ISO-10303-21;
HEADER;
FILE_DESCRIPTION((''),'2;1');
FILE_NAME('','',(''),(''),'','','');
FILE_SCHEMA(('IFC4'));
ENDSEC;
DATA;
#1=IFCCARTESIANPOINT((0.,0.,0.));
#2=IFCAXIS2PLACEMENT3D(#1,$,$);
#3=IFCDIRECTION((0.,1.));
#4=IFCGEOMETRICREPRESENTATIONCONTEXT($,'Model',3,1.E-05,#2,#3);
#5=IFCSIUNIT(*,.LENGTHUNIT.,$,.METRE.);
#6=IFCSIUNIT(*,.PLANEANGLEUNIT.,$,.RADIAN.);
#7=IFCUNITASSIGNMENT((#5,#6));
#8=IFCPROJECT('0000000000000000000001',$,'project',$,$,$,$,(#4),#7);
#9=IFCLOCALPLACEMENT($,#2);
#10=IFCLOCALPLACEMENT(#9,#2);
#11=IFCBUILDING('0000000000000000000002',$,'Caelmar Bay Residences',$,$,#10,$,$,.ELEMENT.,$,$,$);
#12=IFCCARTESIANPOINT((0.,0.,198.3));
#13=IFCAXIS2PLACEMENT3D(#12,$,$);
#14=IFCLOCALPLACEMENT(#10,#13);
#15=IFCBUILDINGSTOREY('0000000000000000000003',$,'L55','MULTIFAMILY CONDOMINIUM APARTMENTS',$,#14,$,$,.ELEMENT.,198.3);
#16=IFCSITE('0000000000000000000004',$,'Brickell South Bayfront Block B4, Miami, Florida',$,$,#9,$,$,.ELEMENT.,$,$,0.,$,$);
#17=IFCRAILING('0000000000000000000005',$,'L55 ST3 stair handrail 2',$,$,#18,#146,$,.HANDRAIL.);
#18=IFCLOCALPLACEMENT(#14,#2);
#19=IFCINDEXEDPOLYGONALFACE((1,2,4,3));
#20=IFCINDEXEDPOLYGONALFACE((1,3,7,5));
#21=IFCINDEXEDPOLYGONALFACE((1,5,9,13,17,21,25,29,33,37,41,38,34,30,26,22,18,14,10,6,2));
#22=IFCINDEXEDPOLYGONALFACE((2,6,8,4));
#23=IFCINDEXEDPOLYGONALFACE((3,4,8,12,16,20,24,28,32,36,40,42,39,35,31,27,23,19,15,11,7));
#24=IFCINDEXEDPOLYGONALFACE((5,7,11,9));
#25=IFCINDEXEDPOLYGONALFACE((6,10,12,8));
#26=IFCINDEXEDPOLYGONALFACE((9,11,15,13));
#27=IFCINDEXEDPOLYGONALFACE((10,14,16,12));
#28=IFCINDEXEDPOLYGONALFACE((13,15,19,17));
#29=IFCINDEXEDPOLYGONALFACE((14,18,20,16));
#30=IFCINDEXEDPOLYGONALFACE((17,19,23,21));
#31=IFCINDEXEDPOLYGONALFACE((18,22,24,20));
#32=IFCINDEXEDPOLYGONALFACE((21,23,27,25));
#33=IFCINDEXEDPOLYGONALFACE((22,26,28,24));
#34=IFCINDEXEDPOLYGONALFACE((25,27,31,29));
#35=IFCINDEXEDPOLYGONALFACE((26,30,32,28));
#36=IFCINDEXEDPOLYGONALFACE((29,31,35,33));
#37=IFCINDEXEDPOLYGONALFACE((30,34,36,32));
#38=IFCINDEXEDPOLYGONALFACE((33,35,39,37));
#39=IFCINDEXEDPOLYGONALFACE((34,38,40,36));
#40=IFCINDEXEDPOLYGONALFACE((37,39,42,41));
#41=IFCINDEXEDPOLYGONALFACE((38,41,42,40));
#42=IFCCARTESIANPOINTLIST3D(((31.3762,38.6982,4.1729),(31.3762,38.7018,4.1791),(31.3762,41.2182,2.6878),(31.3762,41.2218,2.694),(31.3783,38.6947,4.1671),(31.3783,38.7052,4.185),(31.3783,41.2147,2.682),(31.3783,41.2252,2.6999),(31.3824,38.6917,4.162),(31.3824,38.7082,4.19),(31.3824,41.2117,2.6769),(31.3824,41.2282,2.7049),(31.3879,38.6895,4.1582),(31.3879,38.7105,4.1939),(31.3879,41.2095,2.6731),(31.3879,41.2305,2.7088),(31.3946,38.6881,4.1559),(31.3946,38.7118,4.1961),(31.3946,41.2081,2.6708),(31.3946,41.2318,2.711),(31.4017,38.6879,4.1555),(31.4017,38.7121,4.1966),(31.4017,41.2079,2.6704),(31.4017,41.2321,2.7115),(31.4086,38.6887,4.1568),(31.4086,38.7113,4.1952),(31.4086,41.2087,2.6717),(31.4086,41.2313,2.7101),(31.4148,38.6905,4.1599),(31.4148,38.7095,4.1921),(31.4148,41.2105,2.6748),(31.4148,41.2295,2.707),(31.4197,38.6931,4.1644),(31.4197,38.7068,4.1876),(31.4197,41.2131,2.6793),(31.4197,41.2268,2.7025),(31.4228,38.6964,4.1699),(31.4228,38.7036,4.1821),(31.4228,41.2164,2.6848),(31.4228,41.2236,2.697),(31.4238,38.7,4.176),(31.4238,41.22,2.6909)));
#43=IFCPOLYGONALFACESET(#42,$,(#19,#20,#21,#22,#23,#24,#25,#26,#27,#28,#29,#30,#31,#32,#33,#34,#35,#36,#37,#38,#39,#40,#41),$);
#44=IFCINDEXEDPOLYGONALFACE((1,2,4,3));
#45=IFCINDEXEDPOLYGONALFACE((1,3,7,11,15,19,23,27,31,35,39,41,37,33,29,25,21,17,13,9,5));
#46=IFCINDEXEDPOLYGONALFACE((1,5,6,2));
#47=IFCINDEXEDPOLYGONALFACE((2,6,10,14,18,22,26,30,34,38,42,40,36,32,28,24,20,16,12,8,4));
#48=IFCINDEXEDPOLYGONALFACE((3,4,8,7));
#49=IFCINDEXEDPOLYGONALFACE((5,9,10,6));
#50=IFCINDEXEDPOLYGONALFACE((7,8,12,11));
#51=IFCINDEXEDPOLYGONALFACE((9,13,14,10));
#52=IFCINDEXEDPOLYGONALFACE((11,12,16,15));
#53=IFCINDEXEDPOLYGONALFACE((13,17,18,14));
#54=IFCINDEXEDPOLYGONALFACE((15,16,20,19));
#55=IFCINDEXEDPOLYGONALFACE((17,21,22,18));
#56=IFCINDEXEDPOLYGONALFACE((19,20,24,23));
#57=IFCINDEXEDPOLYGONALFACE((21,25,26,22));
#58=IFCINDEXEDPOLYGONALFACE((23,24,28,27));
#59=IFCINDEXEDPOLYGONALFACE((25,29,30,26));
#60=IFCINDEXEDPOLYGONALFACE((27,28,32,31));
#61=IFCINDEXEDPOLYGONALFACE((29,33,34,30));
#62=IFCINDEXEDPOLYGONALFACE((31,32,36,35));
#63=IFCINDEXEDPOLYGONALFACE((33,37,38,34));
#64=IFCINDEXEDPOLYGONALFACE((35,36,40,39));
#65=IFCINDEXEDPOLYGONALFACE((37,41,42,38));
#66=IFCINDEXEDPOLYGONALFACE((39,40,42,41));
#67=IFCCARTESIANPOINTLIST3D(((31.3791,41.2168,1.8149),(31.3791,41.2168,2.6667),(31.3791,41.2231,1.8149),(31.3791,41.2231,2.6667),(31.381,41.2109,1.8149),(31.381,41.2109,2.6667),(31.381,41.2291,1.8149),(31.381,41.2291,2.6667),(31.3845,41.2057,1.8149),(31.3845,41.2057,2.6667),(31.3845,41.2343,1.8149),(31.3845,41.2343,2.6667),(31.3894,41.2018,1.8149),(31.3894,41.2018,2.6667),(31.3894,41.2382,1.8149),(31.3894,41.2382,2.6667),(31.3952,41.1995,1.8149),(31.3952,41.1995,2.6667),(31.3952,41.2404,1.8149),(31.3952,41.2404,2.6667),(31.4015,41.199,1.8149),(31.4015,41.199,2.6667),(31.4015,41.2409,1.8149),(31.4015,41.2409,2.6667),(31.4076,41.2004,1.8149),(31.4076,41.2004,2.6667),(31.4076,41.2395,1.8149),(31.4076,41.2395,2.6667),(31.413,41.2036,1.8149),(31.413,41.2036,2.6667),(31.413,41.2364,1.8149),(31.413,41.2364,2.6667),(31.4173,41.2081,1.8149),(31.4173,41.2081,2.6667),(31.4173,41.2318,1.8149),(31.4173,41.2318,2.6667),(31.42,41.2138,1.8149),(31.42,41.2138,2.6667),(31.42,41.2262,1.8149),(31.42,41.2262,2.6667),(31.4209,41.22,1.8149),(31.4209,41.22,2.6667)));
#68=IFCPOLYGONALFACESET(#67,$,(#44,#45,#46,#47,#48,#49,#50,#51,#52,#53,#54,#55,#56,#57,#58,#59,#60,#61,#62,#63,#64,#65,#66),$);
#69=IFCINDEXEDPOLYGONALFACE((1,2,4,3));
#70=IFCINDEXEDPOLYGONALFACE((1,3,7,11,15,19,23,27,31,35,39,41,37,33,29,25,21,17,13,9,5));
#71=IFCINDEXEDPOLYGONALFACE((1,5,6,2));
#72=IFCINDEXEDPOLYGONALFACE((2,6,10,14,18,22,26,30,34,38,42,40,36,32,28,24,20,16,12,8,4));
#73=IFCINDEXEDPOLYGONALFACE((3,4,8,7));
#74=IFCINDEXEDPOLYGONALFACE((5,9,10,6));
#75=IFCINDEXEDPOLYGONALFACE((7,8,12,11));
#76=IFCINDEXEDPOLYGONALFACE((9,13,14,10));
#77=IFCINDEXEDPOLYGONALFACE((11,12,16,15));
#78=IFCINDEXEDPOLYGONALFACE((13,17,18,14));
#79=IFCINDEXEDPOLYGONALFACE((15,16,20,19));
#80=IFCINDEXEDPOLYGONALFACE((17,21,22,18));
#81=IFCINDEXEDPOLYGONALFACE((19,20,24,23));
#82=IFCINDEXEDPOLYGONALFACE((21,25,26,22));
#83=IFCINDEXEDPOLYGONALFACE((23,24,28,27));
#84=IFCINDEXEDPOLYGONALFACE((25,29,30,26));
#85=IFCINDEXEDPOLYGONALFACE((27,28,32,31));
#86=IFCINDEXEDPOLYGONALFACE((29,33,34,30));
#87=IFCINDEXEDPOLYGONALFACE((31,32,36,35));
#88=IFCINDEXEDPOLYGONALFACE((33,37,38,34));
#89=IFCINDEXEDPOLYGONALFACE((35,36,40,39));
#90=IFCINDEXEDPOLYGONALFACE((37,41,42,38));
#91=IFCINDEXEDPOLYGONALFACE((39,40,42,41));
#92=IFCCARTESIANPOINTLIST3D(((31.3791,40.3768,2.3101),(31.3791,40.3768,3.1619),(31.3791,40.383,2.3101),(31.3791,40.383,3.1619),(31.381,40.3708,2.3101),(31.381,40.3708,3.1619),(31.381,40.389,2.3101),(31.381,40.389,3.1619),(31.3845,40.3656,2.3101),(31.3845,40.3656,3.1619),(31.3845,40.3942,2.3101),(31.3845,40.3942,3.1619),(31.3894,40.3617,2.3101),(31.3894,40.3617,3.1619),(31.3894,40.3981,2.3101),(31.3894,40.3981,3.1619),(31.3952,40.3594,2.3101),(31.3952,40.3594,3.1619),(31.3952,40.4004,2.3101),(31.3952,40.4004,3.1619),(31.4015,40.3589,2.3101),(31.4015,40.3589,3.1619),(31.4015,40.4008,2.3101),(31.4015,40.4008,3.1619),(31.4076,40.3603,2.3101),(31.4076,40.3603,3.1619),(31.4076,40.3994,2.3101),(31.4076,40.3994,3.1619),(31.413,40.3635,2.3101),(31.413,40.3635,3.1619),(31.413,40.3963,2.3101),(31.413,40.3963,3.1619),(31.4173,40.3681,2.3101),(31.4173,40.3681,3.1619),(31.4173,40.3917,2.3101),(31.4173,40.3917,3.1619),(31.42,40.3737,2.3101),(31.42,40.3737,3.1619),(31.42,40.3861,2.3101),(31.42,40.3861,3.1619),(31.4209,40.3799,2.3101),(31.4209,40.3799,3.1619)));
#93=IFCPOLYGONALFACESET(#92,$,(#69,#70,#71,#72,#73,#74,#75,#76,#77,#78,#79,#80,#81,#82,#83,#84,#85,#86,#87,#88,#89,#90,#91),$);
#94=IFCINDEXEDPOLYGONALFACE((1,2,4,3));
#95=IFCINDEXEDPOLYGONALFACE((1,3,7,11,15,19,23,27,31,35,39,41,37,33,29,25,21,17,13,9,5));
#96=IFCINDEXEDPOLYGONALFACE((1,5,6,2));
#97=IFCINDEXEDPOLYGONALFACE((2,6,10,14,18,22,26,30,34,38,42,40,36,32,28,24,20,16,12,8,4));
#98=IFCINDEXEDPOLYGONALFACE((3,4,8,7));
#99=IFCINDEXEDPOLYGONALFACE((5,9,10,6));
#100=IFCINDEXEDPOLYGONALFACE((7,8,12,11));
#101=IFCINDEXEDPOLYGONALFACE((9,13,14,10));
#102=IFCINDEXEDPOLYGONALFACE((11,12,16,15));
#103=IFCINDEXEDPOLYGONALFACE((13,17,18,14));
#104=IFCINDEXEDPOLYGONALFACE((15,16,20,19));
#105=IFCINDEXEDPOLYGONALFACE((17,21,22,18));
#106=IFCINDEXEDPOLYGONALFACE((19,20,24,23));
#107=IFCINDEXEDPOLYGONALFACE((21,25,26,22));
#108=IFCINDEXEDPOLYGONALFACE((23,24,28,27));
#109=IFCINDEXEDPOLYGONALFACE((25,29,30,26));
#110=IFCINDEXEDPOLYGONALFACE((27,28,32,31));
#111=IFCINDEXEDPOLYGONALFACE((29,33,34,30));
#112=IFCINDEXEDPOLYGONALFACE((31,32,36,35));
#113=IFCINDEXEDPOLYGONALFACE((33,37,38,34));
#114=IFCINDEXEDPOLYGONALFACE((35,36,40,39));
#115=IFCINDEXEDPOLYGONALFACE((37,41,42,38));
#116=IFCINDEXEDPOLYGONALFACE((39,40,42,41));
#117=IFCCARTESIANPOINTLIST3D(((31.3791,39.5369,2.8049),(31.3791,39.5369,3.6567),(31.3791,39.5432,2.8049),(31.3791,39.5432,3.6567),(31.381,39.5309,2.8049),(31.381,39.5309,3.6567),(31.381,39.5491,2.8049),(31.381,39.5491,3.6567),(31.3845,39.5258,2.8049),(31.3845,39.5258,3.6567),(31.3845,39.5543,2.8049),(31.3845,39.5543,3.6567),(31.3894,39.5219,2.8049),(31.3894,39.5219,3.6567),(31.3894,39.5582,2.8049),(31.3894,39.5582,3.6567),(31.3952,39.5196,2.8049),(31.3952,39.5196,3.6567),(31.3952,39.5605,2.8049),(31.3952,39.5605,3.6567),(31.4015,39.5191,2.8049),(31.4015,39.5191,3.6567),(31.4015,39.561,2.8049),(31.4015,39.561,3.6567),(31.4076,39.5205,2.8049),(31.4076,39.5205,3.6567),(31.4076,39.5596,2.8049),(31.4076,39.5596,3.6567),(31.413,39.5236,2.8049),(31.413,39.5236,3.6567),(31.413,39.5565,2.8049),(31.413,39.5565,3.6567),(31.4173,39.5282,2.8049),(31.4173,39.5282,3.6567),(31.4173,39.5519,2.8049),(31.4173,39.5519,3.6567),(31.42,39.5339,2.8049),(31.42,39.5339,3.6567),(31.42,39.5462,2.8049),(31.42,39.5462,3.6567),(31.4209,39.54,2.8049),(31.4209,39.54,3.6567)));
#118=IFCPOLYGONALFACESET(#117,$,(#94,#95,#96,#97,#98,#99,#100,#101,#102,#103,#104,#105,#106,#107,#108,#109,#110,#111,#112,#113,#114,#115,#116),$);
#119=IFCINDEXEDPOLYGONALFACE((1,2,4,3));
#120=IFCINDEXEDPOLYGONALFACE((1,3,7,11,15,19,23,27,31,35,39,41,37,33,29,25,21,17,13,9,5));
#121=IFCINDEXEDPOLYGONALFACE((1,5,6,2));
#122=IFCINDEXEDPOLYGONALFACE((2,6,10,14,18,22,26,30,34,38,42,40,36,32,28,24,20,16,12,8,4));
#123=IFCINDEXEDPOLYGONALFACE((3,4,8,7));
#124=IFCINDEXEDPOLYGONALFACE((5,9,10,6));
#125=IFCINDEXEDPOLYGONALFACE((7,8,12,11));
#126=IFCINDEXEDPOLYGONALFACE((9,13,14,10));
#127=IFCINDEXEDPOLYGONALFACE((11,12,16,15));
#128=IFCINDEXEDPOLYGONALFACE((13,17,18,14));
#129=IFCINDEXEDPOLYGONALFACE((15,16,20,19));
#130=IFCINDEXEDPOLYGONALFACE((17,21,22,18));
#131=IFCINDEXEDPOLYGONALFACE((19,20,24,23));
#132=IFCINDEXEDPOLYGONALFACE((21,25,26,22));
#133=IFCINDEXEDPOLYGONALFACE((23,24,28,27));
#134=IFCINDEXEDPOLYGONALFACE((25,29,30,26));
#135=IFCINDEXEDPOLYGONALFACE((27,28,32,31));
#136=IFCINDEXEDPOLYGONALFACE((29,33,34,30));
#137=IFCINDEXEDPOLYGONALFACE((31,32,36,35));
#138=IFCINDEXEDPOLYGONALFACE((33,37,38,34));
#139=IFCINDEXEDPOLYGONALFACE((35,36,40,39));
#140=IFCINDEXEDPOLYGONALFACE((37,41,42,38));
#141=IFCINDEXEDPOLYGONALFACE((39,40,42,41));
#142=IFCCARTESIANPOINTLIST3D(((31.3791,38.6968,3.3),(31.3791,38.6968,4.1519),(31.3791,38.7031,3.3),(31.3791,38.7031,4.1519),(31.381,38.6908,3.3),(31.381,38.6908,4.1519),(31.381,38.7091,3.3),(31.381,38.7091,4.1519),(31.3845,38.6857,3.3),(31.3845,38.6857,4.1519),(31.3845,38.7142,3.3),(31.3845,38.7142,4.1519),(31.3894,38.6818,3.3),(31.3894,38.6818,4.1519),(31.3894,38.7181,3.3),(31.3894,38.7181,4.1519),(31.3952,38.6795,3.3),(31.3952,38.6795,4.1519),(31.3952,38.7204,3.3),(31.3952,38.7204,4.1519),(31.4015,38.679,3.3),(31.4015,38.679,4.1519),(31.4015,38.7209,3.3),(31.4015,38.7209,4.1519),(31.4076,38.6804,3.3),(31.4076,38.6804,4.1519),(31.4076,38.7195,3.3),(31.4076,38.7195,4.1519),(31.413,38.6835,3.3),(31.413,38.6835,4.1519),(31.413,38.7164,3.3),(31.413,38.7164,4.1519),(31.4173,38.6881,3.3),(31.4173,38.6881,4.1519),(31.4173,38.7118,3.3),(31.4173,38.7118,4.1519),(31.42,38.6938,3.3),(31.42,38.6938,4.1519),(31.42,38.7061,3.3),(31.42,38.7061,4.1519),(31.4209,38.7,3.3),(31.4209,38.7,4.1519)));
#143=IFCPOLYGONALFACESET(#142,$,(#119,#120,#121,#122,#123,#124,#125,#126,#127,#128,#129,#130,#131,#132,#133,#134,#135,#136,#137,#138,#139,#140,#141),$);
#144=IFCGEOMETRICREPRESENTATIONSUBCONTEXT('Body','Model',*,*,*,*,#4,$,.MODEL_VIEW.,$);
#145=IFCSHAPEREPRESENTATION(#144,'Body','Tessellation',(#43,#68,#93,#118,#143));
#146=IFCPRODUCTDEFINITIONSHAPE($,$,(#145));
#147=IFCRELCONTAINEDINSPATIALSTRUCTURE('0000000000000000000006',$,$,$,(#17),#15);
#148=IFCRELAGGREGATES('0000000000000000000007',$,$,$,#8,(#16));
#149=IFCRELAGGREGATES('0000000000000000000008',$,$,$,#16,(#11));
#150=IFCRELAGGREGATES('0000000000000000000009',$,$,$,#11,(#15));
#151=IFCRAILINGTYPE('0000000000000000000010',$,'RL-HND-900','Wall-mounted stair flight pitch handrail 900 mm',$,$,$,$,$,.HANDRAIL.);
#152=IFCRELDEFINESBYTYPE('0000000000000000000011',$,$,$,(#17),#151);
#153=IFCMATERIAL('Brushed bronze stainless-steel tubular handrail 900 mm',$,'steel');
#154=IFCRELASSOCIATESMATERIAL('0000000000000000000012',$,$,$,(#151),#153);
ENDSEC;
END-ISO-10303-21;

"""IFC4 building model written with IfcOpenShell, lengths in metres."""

from ifc_helpers import new_model, si_unit, direction, frame, origin, origin_2d, place, context, subcontext, project, spatial, circle, extrude, material, type_object, element, save


model = new_model("IFC4")

# Units and contexts
model_context = context("Model", 3, precision=1e-05, world=origin(), true_north=direction((0.0, 1.0)))
body_context = subcontext(model_context, "Body", "Model", "MODEL_VIEW")
ifc_project = project(units=[si_unit("LENGTHUNIT", "METRE"), si_unit("PLANEANGLEUNIT", "RADIAN")], contexts=[model_context])

# Site, building, storey
site_placement = place(None, origin())
site = spatial("IfcSite", under=ifc_project, at=site_placement, Name="Brickell South Bayfront Block B4, Miami, Florida", CompositionType="ELEMENT", RefElevation=0.0)
building_placement = place(site_placement, origin())
building = spatial("IfcBuilding", under=site, at=building_placement, Name="Caelmar Bay Residences", CompositionType="ELEMENT")
storey_placement = place(building_placement, frame((0.0, 0.0, 198.3)))
storey = spatial("IfcBuildingStorey", under=building, at=storey_placement, Name="L55", Description="MULTIFAMILY CONDOMINIUM APARTMENTS", CompositionType="ELEMENT", Elevation=198.3)

# Railing
ifc_material_1 = material(Name="Brushed bronze stainless-steel tubular handrail 900 mm", Category="steel")
railing_type_1 = type_object("IfcRailingType", Name="RL-HND-900", Description="Wall-mounted stair flight pitch handrail 900 mm", PredefinedType="HANDRAIL", material=ifc_material_1)
railing_1_placement = place(storey_placement, frame((31.3999, 41.22, 1.8149)))
element("IfcRailing", 1, at=railing_1_placement, inside=storey, type_object=railing_type_1, Name="L55 ST3 stair handrail 2", PredefinedType="HANDRAIL", context=body_context, shape_type="SweptSolid", body=[
    extrude(circle(Radius=0.0239, at=origin_2d()), frame((0.0, 0.0, 0.876), z_axis=(0.0, -0.861524, 0.507717), x_axis=(1.0, 0.0, 0.0)), (0.0, 0.0, 1.0), 2.925),
    extrude(circle(Radius=0.021, at=origin_2d()), origin(), (0.0, 0.0, 1.0), 0.8518),
    extrude(circle(Radius=0.021, at=origin_2d()), frame((0.0, -0.8401, 0.4951)), (0.0, 0.0, 1.0), 0.8518),
    extrude(circle(Radius=0.021, at=origin_2d()), frame((0.0, -1.6799, 0.99)), (0.0, 0.0, 1.0), 0.8518),
    extrude(circle(Radius=0.021, at=origin_2d()), frame((0.0, -2.52, 1.4851)), (0.0, 0.0, 1.0), 0.8518),
])

save(model, "model.ifc")
